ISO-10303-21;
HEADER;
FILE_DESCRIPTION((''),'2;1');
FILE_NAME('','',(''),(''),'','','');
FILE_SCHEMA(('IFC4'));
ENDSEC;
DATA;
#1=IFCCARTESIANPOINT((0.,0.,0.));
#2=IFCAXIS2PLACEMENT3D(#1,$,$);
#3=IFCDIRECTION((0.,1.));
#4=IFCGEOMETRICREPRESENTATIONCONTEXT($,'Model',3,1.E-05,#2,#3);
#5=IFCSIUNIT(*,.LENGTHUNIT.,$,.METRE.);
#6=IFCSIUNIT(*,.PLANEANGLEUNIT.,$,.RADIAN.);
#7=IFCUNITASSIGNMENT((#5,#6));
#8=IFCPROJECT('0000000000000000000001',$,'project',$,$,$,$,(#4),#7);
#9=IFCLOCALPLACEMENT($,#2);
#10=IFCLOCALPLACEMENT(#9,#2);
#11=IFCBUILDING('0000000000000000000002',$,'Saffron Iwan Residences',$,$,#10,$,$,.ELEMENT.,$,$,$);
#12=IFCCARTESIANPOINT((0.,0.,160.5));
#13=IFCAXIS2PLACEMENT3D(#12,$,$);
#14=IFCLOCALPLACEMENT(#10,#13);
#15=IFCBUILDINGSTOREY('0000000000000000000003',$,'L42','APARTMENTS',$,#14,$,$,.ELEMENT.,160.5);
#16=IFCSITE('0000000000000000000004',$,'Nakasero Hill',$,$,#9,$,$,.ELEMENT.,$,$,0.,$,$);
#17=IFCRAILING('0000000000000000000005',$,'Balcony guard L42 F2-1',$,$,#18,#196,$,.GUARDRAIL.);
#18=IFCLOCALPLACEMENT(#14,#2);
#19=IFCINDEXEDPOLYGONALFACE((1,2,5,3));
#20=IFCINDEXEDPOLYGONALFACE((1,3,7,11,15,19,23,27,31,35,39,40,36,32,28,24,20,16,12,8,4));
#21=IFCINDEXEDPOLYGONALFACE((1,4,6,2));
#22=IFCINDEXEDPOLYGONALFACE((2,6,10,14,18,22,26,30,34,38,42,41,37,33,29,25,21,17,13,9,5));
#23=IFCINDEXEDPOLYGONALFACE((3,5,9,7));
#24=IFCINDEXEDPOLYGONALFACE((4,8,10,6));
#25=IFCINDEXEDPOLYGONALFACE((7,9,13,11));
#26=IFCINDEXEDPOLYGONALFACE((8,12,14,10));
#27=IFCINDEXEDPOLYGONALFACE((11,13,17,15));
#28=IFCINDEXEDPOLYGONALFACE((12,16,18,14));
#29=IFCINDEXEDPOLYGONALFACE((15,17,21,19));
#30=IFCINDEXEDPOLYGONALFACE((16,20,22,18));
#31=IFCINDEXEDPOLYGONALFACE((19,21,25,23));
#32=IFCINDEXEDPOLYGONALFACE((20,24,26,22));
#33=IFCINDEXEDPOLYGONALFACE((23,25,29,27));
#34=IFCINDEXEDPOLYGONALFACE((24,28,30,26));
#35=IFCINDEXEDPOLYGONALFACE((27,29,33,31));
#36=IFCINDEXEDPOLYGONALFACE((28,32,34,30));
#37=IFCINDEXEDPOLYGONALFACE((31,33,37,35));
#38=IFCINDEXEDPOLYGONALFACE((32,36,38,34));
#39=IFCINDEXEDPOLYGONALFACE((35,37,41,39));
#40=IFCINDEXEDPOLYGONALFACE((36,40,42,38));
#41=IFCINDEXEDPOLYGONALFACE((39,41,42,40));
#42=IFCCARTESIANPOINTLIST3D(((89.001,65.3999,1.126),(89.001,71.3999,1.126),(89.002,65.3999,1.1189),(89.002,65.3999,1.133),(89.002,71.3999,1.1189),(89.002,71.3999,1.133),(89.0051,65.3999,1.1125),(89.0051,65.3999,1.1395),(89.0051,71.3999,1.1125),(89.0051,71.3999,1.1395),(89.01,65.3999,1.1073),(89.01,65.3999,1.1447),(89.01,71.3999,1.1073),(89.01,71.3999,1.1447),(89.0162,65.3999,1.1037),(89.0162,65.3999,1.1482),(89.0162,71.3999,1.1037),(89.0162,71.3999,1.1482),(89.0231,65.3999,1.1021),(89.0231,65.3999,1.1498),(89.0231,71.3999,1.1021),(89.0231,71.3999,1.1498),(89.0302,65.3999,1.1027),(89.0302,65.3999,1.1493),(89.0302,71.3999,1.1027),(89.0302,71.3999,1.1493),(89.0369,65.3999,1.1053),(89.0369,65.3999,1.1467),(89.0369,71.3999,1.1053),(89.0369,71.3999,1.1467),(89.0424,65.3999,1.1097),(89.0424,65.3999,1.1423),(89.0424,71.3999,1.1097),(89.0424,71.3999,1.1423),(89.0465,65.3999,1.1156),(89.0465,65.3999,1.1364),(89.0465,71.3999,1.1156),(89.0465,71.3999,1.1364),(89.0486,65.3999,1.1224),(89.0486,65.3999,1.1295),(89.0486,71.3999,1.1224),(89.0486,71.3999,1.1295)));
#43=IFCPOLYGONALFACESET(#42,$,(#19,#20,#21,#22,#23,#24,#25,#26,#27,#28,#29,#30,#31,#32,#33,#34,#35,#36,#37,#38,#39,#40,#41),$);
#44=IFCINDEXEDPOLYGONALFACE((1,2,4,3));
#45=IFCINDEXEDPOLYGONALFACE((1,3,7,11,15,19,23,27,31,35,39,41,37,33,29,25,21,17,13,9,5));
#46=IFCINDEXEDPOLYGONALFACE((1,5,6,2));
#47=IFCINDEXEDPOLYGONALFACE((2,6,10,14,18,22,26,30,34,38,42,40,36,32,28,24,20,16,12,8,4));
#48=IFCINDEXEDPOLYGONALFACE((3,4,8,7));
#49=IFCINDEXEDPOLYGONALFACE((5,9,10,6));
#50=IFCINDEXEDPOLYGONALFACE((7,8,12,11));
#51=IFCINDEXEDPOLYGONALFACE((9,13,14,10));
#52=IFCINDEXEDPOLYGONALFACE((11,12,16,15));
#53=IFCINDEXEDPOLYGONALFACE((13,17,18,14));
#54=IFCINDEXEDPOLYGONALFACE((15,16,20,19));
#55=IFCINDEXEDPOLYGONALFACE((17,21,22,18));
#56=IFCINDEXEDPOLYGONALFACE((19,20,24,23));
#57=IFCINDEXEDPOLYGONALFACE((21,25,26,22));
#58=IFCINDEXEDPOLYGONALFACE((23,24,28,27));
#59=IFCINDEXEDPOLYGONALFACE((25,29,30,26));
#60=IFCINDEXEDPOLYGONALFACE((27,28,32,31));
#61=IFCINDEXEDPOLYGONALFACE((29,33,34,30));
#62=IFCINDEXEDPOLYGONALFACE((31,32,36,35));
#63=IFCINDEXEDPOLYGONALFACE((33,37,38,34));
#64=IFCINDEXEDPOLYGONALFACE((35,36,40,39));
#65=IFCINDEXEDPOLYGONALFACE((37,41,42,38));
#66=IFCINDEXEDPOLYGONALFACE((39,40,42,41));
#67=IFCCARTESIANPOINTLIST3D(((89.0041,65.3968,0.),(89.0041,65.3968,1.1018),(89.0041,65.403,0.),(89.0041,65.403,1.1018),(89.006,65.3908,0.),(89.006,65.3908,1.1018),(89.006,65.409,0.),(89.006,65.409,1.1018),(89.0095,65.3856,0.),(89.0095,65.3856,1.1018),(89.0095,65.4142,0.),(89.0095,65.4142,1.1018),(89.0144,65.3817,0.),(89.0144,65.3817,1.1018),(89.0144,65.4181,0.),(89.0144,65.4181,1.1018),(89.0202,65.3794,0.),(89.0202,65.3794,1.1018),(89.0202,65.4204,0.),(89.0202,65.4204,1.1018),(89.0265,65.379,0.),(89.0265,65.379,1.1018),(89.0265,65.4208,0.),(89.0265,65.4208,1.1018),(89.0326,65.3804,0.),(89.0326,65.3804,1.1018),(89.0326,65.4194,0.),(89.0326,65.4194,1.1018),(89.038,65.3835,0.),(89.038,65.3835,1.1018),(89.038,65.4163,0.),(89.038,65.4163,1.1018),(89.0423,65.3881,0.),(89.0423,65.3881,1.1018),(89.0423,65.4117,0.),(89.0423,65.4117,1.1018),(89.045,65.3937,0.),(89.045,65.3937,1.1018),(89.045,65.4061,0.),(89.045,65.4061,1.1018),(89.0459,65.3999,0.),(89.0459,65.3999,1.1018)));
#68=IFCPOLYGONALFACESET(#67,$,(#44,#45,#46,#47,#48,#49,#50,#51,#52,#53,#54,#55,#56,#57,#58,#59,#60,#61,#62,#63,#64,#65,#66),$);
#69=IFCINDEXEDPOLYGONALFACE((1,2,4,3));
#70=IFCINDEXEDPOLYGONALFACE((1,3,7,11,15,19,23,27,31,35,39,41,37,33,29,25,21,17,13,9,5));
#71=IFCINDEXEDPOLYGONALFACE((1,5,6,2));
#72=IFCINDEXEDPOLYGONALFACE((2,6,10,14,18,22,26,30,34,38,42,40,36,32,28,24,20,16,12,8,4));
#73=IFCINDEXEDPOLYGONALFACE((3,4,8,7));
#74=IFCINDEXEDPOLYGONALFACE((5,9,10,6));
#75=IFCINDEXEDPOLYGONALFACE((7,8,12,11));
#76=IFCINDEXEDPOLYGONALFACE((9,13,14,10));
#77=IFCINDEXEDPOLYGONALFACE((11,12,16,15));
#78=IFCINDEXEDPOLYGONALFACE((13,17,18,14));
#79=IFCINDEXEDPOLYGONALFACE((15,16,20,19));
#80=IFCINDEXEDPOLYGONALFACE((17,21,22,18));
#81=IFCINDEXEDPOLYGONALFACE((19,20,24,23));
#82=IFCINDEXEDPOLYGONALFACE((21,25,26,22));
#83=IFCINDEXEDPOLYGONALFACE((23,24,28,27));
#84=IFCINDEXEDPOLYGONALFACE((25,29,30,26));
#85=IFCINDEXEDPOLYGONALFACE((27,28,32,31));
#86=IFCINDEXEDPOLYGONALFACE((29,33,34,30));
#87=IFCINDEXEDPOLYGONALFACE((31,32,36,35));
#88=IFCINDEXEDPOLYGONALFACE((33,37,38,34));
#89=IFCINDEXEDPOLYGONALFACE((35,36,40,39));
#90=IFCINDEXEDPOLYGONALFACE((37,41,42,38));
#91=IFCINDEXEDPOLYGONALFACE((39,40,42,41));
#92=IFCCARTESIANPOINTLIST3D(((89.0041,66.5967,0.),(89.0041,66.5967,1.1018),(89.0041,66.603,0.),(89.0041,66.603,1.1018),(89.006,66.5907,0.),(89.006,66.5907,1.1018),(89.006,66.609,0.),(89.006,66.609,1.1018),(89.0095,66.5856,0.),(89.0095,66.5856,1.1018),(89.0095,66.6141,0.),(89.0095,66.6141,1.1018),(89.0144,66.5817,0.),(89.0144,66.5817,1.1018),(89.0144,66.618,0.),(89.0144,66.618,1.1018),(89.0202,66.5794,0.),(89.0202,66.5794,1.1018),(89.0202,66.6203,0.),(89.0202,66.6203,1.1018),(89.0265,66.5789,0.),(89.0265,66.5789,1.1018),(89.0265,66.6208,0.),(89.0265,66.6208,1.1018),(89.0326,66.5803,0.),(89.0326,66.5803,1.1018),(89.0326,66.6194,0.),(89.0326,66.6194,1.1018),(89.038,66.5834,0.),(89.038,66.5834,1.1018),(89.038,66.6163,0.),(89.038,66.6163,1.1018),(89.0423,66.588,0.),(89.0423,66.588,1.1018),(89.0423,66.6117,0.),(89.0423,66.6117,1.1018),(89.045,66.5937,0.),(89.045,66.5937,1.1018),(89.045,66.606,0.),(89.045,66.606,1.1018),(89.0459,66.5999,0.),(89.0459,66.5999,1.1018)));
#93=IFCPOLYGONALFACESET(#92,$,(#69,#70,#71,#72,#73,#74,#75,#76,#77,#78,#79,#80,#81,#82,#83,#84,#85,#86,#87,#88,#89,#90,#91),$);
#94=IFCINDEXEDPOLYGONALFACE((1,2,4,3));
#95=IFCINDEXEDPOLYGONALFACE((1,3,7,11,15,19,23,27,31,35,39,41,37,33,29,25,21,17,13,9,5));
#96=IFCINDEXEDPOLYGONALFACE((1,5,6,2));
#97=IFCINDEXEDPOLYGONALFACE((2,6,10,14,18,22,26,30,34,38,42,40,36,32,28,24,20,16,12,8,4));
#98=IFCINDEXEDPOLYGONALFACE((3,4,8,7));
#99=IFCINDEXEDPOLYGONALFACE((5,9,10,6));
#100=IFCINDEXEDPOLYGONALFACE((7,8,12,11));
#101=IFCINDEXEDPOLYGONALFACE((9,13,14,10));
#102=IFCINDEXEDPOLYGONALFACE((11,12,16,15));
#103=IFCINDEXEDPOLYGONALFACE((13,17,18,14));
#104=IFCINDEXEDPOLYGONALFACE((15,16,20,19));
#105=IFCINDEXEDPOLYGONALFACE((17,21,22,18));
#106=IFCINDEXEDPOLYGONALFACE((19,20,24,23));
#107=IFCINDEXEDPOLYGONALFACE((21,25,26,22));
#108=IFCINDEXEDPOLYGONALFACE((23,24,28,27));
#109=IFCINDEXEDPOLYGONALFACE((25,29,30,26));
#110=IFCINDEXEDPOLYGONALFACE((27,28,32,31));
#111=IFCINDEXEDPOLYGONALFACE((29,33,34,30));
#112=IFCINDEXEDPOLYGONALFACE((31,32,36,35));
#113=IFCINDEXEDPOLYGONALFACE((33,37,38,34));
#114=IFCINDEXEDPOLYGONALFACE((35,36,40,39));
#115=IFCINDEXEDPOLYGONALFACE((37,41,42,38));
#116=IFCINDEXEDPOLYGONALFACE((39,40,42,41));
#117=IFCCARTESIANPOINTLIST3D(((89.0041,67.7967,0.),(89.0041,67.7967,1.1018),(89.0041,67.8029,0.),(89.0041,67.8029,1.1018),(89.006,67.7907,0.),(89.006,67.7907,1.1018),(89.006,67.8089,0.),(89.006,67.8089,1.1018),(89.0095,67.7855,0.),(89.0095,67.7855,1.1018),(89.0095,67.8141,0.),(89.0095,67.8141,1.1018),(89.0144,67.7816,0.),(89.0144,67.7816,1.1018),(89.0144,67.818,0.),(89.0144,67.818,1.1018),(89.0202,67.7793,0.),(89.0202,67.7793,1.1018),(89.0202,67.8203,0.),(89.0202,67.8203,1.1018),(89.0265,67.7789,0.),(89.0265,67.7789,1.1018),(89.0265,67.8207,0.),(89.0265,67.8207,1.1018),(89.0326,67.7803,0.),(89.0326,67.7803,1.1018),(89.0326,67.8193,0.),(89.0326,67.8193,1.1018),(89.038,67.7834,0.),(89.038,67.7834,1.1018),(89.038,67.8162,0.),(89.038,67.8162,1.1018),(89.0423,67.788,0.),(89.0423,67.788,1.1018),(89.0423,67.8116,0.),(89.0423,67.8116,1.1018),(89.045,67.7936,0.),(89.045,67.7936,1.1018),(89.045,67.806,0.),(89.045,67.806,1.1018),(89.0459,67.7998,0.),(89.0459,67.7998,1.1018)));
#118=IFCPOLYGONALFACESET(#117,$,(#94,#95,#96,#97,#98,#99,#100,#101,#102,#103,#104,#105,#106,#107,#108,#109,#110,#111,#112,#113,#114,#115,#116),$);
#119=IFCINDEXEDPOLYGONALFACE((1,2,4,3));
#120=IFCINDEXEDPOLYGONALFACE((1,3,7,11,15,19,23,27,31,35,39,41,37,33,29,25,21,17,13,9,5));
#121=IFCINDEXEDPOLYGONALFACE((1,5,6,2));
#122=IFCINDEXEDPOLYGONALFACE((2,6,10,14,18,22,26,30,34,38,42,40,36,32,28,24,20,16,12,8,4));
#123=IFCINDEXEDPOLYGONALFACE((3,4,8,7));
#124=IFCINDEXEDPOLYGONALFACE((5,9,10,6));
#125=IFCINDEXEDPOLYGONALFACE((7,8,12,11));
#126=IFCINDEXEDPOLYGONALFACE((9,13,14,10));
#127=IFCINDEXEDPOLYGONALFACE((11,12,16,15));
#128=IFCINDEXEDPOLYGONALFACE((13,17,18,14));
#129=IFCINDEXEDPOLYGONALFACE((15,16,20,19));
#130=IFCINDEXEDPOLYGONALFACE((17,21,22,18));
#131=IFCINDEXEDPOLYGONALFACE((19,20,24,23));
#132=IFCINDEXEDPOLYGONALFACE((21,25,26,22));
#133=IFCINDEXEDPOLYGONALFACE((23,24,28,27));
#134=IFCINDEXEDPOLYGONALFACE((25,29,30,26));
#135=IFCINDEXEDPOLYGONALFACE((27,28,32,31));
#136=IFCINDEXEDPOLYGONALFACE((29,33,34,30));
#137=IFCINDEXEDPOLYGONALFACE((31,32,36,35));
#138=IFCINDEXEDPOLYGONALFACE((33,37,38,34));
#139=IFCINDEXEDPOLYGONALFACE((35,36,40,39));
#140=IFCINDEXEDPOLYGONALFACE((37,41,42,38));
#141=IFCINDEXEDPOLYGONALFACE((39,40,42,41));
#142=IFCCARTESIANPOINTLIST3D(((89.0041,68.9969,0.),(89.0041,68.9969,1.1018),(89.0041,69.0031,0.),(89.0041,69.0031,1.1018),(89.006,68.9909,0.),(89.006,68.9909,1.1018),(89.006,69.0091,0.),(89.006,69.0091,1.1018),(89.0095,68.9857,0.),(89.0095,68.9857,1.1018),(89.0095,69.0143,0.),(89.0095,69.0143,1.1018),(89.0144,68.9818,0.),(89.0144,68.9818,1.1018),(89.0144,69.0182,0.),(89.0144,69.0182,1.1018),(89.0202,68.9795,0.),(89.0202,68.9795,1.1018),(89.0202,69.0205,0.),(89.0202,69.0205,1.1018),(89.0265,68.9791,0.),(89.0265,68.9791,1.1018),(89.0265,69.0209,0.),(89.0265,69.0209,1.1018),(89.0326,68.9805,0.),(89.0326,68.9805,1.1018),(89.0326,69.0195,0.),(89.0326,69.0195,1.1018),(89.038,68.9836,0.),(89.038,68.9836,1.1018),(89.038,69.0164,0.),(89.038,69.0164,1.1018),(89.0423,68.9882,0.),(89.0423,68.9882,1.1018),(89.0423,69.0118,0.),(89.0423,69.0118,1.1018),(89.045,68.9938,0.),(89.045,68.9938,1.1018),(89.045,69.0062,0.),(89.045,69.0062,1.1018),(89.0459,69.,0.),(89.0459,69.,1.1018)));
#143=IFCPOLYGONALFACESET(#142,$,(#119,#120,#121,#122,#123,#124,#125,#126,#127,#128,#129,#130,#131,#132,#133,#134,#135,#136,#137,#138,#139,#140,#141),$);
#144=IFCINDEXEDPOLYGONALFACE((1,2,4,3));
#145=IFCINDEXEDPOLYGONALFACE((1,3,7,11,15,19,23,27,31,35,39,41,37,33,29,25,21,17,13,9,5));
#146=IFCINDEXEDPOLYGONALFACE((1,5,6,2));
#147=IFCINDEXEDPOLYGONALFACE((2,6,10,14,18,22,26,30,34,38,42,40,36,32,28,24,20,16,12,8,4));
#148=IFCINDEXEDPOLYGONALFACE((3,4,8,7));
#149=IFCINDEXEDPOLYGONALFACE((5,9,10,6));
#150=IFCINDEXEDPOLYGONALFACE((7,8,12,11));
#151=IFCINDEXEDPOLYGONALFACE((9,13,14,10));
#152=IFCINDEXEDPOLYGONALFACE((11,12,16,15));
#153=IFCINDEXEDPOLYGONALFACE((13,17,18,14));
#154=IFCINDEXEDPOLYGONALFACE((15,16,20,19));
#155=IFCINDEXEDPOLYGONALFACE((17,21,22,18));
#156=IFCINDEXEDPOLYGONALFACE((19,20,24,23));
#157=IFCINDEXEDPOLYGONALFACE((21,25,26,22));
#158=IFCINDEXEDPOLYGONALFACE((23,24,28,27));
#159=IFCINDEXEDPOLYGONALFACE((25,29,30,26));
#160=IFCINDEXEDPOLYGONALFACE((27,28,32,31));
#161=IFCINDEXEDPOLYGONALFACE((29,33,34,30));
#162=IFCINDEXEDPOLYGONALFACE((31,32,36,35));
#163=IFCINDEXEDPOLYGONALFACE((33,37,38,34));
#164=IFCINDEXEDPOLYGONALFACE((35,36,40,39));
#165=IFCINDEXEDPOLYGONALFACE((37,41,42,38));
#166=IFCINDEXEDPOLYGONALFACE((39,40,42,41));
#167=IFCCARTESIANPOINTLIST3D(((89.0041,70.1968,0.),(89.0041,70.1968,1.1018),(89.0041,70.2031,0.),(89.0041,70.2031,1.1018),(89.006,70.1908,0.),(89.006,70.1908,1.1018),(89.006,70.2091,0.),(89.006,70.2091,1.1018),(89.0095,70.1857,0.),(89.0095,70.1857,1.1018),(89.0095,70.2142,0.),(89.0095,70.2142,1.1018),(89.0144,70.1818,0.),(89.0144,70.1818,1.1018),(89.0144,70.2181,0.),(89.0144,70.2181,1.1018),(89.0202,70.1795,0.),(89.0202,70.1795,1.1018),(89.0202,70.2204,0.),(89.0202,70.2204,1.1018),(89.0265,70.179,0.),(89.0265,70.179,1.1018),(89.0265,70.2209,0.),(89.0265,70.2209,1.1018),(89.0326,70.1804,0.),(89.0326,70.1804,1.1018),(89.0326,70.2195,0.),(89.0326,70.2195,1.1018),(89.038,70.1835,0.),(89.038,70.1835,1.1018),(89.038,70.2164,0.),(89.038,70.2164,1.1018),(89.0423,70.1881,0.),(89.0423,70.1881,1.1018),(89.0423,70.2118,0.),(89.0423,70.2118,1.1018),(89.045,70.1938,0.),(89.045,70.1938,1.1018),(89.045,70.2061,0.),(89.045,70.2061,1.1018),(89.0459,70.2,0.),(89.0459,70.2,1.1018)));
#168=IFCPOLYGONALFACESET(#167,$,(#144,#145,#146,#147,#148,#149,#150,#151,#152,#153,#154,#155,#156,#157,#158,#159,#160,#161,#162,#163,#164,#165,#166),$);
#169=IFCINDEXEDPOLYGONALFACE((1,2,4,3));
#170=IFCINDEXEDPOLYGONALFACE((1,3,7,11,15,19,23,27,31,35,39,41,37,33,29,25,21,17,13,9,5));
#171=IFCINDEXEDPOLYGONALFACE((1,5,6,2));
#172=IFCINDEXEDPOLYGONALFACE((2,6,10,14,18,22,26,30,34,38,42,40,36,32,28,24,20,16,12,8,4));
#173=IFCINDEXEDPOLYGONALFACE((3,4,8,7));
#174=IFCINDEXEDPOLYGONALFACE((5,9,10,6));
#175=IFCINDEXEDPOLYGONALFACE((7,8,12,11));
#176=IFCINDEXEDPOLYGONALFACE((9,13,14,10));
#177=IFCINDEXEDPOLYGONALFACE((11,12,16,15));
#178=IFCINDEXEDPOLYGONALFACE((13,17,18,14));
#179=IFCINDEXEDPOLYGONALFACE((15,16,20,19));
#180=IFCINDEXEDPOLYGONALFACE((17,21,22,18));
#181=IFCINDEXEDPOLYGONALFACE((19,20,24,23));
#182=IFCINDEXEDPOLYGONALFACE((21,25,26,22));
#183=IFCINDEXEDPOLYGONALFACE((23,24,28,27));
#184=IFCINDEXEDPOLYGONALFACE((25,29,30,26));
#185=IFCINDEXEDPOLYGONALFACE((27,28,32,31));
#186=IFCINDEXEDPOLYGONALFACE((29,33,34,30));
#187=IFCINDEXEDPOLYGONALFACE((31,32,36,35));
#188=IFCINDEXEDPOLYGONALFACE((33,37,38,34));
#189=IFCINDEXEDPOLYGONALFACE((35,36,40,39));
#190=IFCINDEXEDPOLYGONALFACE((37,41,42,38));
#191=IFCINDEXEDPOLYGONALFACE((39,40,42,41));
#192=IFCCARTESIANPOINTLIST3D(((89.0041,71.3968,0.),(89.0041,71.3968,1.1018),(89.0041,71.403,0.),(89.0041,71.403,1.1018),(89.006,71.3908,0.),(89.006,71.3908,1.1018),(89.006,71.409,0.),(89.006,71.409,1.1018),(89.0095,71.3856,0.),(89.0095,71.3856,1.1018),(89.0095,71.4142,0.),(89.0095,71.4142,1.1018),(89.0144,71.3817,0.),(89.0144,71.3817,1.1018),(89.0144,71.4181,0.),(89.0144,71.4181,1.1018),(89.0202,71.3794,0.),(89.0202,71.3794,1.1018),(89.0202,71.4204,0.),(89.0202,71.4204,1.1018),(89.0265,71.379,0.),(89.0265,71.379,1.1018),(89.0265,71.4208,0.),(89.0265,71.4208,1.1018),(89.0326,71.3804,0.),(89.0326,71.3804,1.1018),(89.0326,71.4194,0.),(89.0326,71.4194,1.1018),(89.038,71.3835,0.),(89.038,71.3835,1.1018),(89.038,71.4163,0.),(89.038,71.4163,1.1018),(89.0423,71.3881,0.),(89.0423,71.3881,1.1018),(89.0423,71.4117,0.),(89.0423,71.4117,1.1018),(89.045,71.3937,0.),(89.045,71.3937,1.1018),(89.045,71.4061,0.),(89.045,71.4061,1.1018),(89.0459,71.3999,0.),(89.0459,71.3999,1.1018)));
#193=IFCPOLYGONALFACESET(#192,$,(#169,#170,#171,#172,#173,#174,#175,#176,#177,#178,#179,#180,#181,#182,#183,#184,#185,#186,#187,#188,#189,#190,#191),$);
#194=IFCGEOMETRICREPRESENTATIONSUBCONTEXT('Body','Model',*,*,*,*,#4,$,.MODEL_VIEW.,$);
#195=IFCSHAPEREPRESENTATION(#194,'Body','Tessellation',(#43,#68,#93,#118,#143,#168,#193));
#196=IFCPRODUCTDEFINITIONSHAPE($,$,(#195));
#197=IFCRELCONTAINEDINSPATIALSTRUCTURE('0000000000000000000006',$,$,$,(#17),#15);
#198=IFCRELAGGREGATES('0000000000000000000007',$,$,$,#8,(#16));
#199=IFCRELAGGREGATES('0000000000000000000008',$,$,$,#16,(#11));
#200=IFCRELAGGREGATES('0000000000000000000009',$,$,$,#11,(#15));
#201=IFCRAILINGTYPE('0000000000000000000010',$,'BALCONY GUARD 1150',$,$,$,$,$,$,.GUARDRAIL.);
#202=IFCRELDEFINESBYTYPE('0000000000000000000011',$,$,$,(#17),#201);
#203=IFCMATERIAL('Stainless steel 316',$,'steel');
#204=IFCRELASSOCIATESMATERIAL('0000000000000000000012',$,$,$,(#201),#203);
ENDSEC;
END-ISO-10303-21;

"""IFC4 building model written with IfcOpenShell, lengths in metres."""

from ifc_helpers import new_model, si_unit, direction, frame, origin, origin_2d, place, context, subcontext, project, spatial, circle, extrude, material, type_object, element, save


model = new_model("IFC4")

# Units and contexts
model_context = context("Model", 3, precision=1e-05, world=origin(), true_north=direction((0.0, 1.0)))
body_context = subcontext(model_context, "Body", "Model", "MODEL_VIEW")
ifc_project = project(units=[si_unit("LENGTHUNIT", "METRE"), si_unit("PLANEANGLEUNIT", "RADIAN")], contexts=[model_context])

# Site, building, storey
site_placement = place(None, origin())
site = spatial("IfcSite", under=ifc_project, at=site_placement, Name="Nakasero Hill", CompositionType="ELEMENT", RefElevation=0.0)
building_placement = place(site_placement, origin())
building = spatial("IfcBuilding", under=site, at=building_placement, Name="Saffron Iwan Residences", CompositionType="ELEMENT")
storey_placement = place(building_placement, frame((0.0, 0.0, 160.5)))
storey = spatial("IfcBuildingStorey", under=building, at=storey_placement, Name="L42", Description="APARTMENTS", CompositionType="ELEMENT", Elevation=160.5)

# Railing
ifc_material_1 = material(Name="Stainless steel 316", Category="steel")
railing_type_1 = type_object("IfcRailingType", Name="BALCONY GUARD 1150", PredefinedType="GUARDRAIL", material=ifc_material_1)
railing_1_placement = place(storey_placement, frame((89.0249, 65.3999, 0.0)))
element("IfcRailing", 1, at=railing_1_placement, inside=storey, type_object=railing_type_1, Name="Balcony guard L42 F2-1", PredefinedType="GUARDRAIL", context=body_context, shape_type="SweptSolid", body=[
    extrude(circle(Radius=0.0239, at=origin_2d()), frame((0.0, 0.0, 1.126), z_axis=(0.0, 1.0, 0.0), x_axis=(-1.0, 0.0, 0.0)), (0.0, 0.0, 1.0), 6.0),
    extrude(circle(Radius=0.021, at=origin_2d()), origin(), (0.0, 0.0, 1.0), 1.1018),
    extrude(circle(Radius=0.021, at=origin_2d()), frame((0.0, 1.2, 0.0)), (0.0, 0.0, 1.0), 1.1018),
    extrude(circle(Radius=0.021, at=origin_2d()), frame((0.0, 2.3999, 0.0)), (0.0, 0.0, 1.0), 1.1018),
    extrude(circle(Radius=0.021, at=origin_2d()), frame((0.0, 3.6001, 0.0)), (0.0, 0.0, 1.0), 1.1018),
    extrude(circle(Radius=0.021, at=origin_2d()), frame((0.0, 4.8, 0.0)), (0.0, 0.0, 1.0), 1.1018),
    extrude(circle(Radius=0.021, at=origin_2d()), frame((0.0, 6.0, 0.0)), (0.0, 0.0, 1.0), 1.1018),
])

save(model, "model.ifc")
